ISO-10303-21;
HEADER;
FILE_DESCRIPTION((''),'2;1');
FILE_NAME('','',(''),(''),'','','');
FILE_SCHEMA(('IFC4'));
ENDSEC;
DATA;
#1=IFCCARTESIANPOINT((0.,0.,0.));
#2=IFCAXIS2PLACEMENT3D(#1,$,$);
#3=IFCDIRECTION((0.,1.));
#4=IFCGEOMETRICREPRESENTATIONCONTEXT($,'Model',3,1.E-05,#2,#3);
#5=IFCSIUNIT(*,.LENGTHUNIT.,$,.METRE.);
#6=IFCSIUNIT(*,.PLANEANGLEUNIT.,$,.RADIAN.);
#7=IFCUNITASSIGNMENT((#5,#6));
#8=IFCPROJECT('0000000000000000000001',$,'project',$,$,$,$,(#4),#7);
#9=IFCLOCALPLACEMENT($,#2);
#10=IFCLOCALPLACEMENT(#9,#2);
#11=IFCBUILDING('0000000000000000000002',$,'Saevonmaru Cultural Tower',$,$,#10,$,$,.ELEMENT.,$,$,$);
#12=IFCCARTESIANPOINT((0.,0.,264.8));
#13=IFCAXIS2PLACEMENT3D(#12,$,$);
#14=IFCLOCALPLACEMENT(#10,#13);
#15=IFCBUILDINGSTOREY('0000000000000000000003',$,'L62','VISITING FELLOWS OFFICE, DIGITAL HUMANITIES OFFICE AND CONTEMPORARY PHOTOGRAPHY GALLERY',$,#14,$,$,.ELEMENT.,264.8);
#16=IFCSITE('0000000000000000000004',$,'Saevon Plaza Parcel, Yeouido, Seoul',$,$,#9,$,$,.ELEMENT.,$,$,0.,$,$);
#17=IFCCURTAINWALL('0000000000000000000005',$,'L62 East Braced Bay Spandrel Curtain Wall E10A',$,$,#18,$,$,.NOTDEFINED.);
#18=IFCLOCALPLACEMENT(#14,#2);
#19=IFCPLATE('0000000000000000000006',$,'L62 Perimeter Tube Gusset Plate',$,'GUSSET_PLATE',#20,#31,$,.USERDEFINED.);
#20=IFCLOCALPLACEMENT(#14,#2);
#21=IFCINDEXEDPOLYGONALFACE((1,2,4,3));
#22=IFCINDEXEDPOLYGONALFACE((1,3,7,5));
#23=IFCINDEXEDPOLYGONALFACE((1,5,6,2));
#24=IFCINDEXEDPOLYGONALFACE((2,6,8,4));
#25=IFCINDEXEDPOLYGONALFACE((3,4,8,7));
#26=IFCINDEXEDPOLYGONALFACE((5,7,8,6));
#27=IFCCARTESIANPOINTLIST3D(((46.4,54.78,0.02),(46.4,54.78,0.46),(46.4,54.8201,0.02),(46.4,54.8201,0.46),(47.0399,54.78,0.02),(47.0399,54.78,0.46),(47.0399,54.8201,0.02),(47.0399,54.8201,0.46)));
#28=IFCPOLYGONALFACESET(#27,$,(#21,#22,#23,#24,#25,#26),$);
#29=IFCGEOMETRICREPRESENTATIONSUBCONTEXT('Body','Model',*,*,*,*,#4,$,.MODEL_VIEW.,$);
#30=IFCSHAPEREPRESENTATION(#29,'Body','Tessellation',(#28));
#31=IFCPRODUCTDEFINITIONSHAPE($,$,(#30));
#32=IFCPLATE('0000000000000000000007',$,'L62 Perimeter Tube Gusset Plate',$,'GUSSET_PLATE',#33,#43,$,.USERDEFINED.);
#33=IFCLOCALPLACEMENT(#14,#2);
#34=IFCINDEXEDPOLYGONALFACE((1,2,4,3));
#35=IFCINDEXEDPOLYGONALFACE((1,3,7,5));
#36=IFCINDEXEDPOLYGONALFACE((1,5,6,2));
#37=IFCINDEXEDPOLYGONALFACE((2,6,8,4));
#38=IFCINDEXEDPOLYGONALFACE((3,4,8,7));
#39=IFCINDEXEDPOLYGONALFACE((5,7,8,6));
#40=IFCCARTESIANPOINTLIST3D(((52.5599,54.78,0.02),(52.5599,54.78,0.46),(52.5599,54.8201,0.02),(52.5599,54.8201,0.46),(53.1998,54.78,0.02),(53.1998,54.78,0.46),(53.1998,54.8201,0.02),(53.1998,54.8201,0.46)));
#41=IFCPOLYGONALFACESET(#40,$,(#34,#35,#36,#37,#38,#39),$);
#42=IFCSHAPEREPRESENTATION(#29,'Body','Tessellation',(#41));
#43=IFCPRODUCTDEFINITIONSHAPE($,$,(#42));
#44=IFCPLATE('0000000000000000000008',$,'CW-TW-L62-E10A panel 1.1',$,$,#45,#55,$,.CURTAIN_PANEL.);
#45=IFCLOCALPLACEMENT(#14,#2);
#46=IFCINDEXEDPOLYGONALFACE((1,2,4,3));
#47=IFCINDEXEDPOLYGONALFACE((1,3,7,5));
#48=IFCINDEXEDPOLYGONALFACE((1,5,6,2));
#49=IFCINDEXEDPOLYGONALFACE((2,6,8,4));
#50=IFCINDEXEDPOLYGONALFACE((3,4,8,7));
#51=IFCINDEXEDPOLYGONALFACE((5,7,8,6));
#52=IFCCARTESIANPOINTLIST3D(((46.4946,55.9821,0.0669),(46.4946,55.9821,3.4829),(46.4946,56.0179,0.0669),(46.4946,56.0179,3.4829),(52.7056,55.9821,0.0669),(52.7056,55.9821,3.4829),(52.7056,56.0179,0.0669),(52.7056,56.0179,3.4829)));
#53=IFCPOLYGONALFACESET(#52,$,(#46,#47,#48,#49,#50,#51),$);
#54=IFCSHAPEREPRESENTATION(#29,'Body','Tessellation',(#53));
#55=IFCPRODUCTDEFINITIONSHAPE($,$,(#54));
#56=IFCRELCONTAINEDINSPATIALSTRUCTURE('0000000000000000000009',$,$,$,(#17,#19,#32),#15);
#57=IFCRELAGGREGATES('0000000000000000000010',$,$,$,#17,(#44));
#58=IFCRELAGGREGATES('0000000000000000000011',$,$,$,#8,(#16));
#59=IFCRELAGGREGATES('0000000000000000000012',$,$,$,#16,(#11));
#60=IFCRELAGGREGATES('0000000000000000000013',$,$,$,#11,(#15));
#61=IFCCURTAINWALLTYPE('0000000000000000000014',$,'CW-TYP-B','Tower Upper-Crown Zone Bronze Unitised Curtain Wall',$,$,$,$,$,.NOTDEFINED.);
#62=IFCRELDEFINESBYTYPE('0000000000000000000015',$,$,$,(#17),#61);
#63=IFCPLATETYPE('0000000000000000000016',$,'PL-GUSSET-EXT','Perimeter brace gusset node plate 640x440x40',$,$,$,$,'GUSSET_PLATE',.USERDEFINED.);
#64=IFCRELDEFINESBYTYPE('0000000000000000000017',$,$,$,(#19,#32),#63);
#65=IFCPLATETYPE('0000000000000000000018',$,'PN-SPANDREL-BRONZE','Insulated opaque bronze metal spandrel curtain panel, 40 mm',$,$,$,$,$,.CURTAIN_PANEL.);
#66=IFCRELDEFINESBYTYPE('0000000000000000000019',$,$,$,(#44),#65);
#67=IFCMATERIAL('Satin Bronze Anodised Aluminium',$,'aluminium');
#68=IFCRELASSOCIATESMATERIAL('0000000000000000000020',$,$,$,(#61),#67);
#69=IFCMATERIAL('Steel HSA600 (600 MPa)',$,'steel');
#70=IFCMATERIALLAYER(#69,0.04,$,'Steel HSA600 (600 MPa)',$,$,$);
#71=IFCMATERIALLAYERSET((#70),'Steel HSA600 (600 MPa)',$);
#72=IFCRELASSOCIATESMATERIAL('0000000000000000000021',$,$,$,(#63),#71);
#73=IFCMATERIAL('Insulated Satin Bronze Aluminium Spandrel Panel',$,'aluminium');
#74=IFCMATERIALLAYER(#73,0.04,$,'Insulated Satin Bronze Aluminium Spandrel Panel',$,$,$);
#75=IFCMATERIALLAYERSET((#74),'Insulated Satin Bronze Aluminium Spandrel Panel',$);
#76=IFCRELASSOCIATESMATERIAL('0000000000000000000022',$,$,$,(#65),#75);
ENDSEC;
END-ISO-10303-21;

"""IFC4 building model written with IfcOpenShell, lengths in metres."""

from ifc_helpers import new_model, si_unit, direction, frame, origin, origin_2d, place, context, subcontext, project, spatial, rectangle, extrude, material, layer, layer_set, type_object, element, aggregate, save


model = new_model("IFC4")

# Units and contexts
model_context = context("Model", 3, precision=1e-05, world=origin(), true_north=direction((0.0, 1.0)))
body_context = subcontext(model_context, "Body", "Model", "MODEL_VIEW")
ifc_project = project(units=[si_unit("LENGTHUNIT", "METRE"), si_unit("PLANEANGLEUNIT", "RADIAN")], contexts=[model_context])

# Site, building, storey
site_placement = place(None, origin())
site = spatial("IfcSite", under=ifc_project, at=site_placement, Name="Saevon Plaza Parcel, Yeouido, Seoul", CompositionType="ELEMENT", RefElevation=0.0)
building_placement = place(site_placement, origin())
building = spatial("IfcBuilding", under=site, at=building_placement, Name="Saevonmaru Cultural Tower", CompositionType="ELEMENT")
storey_placement = place(building_placement, frame((0.0, 0.0, 264.8)))
storey = spatial("IfcBuildingStorey", under=building, at=storey_placement, Name="L62", Description="VISITING FELLOWS OFFICE, DIGITAL HUMANITIES OFFICE AND CONTEMPORARY PHOTOGRAPHY GALLERY", CompositionType="ELEMENT", Elevation=264.8)

# Curtain wall
ifc_material_1 = material(Name="Satin Bronze Anodised Aluminium", Category="aluminium")
curtain_wall_type = type_object("IfcCurtainWallType", Name="CW-TYP-B", Description="Tower Upper-Crown Zone Bronze Unitised Curtain Wall", PredefinedType="NOTDEFINED", material=ifc_material_1)
curtain_wall_1_placement = place(storey_placement, origin())
curtain_wall_1 = element("IfcCurtainWall", 1, at=curtain_wall_1_placement, inside=storey, type_object=curtain_wall_type, Name="L62 East Braced Bay Spandrel Curtain Wall E10A", PredefinedType="NOTDEFINED")

# Plates
ifc_material_2 = material(Name="Steel HSA600 (600 MPa)", Category="steel")
ifc_layer_1 = layer(ifc_material_2, 0.04, Name="Steel HSA600 (600 MPa)")
ifc_layer_set_1 = layer_set([ifc_layer_1], Name="Steel HSA600 (600 MPa)")
plate_type_1 = type_object("IfcPlateType", Name="PL-GUSSET-EXT", Description="Perimeter brace gusset node plate 640x440x40", ElementType="GUSSET_PLATE", PredefinedType="USERDEFINED", material=ifc_layer_set_1)
for number, where, z_axis, x_axis, name in (
    (2, (46.72, 54.8, 0.02), (0.0, 0.0, 1.0), (1.0, 0.0, 0.0), "L62 Perimeter Tube Gusset Plate"),
    (3, (52.8799, 54.8, 0.02), (0.0, 0.0, 1.0), (1.0, 0.0, 0.0), "L62 Perimeter Tube Gusset Plate"),
):
    element("IfcPlate", number, at=place(storey_placement, frame(where, z_axis=z_axis, x_axis=x_axis)), inside=storey, type_object=plate_type_1, Name=name, ObjectType="GUSSET_PLATE", PredefinedType="USERDEFINED", context=body_context, shape_type="SweptSolid", body=[
        extrude(rectangle(XDim=0.6399, YDim=0.04, at=origin_2d()), origin(), (0.0, 0.0, 1.0), 0.4399),
    ])

# Plate
ifc_material_3 = material(Name="Insulated Satin Bronze Aluminium Spandrel Panel", Category="aluminium")
ifc_layer_2 = layer(ifc_material_3, 0.04, Name="Insulated Satin Bronze Aluminium Spandrel Panel")
ifc_layer_set_2 = layer_set([ifc_layer_2], Name="Insulated Satin Bronze Aluminium Spandrel Panel")
plate_type_2 = type_object("IfcPlateType", Name="PN-SPANDREL-BRONZE", Description="Insulated opaque bronze metal spandrel curtain panel, 40 mm", PredefinedType="CURTAIN_PANEL", material=ifc_layer_set_2)
plate_placement = place(storey_placement, frame((49.6001, 56.0, 0.0669), z_axis=(0.0, 0.0, 1.0), x_axis=(-1.0, 0.0, 0.0)))
plate = element("IfcPlate", 4, at=plate_placement, type_object=plate_type_2, Name="CW-TW-L62-E10A panel 1.1", PredefinedType="CURTAIN_PANEL", context=body_context, shape_type="SweptSolid", body=[
    extrude(rectangle(XDim=6.2109, YDim=0.0359, at=origin_2d()), origin(), (0.0, 0.0, 1.0), 3.416),
])
aggregate(curtain_wall_1, [plate])

save(model, "model.ifc")
